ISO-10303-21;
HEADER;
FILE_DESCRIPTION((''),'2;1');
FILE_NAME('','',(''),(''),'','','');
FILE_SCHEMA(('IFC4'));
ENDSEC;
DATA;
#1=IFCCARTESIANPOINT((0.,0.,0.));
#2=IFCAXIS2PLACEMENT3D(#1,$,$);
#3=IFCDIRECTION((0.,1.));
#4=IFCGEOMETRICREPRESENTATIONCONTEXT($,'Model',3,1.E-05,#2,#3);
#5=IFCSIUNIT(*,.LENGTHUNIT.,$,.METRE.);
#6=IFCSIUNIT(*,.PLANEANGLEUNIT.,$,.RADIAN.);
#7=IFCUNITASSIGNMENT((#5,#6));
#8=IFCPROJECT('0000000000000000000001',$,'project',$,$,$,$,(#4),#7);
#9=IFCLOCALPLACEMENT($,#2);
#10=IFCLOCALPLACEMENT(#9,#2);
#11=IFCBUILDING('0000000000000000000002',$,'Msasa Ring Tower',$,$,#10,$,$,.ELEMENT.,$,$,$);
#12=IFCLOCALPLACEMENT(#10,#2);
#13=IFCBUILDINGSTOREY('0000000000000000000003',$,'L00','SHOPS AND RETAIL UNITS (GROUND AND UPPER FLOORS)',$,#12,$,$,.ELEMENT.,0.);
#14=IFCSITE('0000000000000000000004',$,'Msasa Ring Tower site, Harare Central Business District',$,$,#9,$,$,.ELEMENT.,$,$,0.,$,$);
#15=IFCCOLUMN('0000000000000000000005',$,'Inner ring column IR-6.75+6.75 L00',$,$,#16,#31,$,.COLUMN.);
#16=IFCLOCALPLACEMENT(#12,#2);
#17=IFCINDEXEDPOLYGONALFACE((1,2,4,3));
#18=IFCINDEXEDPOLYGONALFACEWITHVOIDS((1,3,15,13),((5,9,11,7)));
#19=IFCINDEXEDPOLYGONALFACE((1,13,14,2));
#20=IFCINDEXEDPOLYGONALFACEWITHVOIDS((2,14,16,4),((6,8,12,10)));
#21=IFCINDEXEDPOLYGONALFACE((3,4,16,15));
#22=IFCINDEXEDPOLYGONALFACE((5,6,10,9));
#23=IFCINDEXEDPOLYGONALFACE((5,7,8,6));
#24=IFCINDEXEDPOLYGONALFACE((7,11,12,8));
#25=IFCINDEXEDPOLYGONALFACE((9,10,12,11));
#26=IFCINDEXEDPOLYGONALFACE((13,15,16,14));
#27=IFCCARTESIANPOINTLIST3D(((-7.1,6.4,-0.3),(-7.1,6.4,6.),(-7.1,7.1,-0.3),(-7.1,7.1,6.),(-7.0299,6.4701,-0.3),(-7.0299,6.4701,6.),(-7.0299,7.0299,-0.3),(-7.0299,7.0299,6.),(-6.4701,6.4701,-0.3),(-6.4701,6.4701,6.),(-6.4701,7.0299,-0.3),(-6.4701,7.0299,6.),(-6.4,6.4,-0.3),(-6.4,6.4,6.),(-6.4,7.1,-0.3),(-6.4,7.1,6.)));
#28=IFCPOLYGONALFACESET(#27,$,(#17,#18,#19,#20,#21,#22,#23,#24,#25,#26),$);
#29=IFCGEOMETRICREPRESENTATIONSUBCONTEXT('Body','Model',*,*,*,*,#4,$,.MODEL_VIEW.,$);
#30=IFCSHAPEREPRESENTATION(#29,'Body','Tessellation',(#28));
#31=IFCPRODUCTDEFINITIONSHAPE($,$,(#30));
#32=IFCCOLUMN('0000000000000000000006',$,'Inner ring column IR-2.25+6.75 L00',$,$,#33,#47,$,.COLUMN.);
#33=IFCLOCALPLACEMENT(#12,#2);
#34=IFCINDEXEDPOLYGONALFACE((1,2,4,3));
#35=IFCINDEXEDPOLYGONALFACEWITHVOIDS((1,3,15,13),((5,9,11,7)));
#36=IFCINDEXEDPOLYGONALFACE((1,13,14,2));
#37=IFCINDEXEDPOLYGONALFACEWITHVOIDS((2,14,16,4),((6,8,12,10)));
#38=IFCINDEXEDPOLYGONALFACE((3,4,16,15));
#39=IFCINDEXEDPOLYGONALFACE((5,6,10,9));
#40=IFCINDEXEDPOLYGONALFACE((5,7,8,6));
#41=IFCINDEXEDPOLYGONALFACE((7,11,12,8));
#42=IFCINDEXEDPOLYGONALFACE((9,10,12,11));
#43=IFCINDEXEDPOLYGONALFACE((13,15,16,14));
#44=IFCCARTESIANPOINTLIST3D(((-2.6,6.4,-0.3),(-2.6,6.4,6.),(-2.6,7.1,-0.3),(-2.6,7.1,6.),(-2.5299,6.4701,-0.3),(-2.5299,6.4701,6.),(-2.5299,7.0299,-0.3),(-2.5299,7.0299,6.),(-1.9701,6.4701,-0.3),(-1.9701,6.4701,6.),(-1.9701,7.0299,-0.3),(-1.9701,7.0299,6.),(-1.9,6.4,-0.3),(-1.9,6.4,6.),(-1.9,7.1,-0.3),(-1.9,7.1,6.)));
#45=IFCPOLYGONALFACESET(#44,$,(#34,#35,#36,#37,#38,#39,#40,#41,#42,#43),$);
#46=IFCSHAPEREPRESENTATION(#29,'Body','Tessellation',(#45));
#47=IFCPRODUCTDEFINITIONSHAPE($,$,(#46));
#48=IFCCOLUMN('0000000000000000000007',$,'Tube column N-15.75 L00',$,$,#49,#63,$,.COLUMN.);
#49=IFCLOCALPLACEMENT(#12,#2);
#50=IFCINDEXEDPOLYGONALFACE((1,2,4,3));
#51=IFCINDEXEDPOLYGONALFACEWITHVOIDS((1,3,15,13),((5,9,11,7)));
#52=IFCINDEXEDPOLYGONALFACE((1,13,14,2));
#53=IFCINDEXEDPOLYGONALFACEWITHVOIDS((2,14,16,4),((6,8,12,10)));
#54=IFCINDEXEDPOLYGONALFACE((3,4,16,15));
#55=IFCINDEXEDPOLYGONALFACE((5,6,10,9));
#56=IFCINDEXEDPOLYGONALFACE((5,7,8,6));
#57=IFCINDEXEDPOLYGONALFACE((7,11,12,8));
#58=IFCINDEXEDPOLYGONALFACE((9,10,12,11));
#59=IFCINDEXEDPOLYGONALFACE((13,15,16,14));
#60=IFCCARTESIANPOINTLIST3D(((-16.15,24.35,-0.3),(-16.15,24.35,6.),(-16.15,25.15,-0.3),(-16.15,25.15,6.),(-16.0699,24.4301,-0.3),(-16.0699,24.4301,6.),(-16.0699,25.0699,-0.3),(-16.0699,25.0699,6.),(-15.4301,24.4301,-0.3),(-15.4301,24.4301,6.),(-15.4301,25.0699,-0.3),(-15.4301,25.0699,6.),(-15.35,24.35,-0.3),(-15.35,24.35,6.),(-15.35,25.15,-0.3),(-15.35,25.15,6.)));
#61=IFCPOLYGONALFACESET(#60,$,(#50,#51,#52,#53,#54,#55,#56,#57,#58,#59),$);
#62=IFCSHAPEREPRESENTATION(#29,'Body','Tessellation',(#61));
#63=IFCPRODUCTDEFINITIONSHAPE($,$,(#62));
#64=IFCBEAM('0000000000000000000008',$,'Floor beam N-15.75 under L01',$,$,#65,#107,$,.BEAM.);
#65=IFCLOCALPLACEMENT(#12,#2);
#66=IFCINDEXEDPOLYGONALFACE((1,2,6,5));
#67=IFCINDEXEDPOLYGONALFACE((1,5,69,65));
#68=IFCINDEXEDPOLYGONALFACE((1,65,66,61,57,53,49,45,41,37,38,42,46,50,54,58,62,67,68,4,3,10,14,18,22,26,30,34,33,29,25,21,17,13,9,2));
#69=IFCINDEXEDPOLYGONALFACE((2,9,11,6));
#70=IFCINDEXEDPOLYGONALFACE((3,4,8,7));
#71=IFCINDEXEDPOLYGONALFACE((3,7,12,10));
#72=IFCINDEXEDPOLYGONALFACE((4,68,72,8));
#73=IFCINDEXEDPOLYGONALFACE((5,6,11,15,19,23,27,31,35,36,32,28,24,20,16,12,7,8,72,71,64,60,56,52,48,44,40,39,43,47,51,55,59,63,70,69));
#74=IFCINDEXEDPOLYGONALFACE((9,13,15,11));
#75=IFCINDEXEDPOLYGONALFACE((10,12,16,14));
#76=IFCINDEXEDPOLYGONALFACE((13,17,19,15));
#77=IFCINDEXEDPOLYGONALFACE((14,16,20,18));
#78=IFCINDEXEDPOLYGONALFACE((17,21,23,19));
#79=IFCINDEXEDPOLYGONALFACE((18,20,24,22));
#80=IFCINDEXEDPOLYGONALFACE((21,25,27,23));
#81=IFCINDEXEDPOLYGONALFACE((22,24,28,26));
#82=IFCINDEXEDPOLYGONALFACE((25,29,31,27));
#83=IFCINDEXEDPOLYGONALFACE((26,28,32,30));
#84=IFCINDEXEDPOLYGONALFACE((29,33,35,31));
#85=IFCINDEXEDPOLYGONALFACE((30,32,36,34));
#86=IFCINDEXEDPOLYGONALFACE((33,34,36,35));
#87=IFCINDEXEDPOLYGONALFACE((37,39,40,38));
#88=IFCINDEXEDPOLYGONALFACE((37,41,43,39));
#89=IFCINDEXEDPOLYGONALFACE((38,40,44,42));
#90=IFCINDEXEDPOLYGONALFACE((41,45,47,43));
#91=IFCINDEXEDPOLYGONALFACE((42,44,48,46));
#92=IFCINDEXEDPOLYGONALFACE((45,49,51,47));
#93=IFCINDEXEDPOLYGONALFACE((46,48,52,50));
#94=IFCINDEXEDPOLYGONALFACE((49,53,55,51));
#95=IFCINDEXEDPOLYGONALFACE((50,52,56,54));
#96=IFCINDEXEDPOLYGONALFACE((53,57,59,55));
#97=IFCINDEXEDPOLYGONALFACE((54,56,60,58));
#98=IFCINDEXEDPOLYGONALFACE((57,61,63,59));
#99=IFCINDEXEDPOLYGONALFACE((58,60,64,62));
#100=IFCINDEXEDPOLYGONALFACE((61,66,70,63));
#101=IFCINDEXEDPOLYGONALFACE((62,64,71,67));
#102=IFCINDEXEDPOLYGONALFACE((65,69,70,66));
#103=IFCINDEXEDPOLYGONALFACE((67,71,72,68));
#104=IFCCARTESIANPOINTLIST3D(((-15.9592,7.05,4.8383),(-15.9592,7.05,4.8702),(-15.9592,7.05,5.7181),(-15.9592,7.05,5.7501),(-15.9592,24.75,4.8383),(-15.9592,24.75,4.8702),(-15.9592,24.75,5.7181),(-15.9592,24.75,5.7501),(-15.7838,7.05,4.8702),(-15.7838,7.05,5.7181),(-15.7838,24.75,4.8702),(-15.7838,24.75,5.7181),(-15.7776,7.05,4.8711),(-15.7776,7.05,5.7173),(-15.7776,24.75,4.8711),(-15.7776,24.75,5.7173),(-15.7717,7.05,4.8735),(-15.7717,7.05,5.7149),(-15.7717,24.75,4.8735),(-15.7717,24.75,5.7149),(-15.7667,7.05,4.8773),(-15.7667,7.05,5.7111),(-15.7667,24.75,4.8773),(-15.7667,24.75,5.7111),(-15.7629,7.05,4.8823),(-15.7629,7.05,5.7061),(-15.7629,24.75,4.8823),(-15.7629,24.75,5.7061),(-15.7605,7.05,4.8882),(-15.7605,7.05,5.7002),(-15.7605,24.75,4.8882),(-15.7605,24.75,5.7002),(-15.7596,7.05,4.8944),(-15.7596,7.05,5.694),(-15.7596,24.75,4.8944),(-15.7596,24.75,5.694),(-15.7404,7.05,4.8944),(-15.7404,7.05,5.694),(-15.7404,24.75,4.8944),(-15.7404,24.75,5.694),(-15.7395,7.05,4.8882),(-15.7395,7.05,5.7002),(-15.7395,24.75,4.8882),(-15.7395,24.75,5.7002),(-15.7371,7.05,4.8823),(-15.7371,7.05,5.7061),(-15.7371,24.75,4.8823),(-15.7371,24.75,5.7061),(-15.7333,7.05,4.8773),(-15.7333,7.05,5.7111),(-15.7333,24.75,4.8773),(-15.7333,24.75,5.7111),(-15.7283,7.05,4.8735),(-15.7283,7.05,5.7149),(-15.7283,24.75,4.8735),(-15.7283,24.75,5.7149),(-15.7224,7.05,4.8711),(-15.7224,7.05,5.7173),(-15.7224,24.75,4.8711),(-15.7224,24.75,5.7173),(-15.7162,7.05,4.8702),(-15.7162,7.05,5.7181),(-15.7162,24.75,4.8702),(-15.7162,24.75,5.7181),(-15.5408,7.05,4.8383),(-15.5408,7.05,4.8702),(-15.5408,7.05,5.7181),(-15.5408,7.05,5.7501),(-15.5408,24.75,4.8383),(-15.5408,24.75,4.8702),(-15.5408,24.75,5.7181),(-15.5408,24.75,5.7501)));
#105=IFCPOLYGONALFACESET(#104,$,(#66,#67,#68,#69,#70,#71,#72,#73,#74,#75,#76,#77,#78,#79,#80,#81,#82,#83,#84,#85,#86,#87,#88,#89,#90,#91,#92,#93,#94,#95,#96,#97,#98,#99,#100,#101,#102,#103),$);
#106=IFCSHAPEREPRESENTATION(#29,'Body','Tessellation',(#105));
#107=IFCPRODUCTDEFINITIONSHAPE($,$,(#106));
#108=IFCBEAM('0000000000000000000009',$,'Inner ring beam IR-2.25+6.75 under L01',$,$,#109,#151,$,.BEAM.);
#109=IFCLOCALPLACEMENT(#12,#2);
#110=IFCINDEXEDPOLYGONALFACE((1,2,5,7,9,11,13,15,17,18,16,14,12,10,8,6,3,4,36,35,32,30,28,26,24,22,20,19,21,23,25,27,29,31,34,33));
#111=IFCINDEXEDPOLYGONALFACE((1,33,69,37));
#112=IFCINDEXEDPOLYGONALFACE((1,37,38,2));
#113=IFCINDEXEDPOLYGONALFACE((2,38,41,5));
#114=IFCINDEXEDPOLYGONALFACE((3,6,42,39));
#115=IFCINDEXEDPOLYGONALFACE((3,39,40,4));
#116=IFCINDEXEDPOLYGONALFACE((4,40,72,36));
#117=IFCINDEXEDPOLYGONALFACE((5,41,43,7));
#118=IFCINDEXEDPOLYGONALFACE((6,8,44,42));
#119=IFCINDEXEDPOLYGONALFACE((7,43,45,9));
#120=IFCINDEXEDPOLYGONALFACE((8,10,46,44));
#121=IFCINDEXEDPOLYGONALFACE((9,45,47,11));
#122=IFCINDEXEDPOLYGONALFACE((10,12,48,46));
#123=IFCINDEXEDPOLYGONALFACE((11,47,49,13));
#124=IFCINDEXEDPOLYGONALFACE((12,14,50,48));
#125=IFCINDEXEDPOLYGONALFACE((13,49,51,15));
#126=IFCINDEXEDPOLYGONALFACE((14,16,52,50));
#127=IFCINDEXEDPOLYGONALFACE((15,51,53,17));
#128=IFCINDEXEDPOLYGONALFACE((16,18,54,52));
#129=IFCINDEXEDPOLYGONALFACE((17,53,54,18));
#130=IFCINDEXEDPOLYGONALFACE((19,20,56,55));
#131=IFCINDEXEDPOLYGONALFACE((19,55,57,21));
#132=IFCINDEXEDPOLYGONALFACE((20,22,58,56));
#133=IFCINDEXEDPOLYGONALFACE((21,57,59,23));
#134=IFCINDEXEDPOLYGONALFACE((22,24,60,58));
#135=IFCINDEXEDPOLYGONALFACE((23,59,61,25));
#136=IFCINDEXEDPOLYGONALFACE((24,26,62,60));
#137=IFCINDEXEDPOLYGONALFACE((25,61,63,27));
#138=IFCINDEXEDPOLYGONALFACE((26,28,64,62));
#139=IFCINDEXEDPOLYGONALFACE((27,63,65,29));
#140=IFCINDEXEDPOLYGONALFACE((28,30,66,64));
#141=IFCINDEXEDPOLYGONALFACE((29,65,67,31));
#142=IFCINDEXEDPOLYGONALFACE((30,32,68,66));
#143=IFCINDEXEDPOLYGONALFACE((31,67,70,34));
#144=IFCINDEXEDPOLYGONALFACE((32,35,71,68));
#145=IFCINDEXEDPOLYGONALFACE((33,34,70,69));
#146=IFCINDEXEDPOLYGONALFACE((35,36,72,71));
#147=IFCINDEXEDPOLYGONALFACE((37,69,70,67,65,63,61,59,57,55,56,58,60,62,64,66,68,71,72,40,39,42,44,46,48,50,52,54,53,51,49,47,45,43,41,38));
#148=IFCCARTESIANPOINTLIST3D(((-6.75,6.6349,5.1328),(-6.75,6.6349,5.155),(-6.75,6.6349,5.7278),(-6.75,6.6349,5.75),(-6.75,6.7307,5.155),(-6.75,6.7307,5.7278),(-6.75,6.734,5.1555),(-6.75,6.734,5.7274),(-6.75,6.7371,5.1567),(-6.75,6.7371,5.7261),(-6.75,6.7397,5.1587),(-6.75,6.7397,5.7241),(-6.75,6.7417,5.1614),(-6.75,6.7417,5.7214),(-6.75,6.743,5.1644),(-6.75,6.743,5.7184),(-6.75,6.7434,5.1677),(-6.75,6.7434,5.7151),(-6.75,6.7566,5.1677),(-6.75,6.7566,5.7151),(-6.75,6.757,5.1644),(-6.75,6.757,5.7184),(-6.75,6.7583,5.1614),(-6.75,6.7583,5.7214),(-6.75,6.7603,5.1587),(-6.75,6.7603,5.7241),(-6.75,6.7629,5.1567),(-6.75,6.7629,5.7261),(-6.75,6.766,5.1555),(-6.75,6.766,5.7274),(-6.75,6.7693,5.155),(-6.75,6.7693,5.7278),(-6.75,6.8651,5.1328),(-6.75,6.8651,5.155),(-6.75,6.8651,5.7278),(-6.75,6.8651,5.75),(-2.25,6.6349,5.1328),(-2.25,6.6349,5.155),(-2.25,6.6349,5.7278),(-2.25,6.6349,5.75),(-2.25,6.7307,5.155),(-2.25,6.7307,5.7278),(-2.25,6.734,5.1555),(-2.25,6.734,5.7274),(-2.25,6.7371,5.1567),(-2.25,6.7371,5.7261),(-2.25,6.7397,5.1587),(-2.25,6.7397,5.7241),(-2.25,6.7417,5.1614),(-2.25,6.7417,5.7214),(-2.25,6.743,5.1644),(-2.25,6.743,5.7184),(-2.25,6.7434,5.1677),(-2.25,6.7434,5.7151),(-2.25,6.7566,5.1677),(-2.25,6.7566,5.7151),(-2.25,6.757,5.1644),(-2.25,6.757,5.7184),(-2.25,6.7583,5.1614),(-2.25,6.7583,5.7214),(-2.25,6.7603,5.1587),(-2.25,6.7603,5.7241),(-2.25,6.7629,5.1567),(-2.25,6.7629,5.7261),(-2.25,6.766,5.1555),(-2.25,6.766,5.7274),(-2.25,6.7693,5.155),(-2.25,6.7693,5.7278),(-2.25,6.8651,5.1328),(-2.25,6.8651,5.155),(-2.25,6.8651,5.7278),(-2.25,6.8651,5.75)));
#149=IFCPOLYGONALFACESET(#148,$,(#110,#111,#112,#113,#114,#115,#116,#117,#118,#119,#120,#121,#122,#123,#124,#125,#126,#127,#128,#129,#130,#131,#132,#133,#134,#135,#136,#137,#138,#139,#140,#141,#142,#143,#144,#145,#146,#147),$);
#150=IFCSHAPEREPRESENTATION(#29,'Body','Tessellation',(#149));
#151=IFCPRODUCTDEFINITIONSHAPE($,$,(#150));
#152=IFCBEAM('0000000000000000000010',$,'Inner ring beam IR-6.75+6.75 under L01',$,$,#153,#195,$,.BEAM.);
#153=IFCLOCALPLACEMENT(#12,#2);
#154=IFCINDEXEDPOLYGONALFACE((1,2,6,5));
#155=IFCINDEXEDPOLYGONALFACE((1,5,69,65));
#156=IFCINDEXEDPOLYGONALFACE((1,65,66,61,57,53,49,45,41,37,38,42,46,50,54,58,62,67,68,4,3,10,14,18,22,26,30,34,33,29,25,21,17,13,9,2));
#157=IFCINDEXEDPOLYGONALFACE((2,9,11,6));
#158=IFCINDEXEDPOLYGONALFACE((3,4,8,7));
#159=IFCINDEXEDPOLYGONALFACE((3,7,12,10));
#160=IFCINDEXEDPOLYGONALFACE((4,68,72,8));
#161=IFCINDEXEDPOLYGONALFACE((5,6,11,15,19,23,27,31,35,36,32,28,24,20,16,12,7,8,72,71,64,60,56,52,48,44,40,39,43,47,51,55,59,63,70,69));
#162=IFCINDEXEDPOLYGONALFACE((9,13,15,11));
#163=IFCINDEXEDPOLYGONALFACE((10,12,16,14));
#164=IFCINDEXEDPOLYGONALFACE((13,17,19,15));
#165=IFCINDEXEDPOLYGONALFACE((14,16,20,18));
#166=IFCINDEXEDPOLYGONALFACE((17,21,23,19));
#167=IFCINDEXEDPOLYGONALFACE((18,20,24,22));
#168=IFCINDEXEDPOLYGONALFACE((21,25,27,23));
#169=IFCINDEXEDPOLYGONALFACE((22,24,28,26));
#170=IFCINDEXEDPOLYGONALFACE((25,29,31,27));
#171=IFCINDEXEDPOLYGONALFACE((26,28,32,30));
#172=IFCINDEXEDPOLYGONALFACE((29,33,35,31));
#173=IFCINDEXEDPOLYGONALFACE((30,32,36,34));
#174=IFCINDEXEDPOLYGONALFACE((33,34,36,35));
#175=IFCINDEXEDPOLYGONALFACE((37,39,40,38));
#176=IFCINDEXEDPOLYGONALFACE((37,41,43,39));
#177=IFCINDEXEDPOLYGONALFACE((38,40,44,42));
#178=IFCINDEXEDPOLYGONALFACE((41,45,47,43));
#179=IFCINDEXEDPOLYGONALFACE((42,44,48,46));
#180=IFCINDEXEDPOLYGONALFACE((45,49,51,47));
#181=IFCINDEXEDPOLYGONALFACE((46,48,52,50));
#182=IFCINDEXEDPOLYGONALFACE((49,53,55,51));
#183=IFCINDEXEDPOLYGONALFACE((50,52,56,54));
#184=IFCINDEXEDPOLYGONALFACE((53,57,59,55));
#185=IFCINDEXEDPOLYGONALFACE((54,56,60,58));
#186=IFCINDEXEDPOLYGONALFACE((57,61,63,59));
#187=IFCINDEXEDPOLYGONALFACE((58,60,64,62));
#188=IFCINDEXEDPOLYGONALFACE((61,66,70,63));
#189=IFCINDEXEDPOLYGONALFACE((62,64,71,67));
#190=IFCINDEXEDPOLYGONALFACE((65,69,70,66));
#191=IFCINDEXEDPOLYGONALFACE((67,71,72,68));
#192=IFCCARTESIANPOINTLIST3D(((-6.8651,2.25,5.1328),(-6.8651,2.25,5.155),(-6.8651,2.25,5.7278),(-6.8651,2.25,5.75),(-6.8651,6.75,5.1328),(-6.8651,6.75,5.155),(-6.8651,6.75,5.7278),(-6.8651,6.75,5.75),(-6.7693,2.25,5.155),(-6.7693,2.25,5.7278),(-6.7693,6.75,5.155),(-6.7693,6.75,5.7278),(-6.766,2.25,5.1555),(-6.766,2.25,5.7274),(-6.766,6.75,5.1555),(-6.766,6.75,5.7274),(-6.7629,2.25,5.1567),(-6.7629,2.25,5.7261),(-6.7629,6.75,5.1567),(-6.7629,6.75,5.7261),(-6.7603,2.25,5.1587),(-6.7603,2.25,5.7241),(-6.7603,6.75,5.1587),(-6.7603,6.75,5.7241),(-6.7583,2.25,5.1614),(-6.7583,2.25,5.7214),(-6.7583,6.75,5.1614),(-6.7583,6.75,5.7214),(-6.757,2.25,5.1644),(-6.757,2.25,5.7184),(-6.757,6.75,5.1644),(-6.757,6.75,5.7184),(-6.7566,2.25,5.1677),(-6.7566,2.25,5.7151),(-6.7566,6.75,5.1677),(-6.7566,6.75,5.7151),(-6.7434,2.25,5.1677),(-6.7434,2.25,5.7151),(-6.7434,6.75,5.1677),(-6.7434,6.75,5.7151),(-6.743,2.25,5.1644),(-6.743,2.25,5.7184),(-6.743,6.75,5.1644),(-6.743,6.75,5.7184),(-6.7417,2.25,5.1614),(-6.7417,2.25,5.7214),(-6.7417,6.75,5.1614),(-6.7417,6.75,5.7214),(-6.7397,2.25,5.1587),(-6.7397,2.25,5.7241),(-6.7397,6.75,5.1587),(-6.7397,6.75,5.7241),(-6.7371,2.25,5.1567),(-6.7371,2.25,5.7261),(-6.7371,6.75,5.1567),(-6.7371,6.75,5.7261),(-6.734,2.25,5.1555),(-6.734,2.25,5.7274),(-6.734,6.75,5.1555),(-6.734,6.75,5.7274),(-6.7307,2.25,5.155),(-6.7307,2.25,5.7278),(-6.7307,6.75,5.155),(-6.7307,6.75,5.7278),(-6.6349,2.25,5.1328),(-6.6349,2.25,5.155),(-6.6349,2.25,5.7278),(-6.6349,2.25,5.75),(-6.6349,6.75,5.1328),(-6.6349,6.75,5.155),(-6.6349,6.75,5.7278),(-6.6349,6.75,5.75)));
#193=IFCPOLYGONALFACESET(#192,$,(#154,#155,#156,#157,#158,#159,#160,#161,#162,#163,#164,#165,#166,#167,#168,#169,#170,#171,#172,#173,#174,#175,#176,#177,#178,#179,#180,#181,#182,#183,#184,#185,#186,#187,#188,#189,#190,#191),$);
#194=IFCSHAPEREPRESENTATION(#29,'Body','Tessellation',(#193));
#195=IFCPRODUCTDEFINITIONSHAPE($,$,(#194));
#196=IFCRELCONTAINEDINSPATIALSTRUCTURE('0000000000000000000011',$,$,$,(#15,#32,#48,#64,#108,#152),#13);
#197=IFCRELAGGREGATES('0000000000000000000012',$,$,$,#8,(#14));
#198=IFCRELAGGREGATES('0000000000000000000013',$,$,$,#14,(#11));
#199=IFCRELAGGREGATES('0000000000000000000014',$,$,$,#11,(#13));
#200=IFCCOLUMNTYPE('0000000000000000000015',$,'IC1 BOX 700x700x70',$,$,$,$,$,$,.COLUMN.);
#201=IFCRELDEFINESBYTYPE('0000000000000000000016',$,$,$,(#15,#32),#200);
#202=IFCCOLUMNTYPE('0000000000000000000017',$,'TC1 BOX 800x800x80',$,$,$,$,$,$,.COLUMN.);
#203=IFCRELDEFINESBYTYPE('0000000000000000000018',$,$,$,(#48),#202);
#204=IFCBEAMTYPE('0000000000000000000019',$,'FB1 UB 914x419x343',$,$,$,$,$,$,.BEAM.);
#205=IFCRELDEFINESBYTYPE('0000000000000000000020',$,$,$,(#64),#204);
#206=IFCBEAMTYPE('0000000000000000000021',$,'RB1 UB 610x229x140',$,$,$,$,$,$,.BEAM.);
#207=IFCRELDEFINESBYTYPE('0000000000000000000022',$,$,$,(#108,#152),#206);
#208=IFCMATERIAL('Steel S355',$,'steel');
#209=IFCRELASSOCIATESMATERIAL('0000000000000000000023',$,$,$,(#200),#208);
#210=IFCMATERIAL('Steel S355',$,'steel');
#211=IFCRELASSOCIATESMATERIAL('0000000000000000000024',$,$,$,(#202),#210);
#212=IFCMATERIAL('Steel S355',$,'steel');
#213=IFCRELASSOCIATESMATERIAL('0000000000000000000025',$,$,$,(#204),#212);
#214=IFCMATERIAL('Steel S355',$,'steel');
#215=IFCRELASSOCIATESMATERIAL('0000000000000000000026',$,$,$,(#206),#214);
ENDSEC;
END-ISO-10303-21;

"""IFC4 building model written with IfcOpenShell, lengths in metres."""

from ifc_helpers import new_model, si_unit, direction, frame, origin, origin_2d, place, context, subcontext, project, spatial, hollow_rectangle, i_section, extrude, material, material_profile, profile_set, type_object, element, save


model = new_model("IFC4")

# Units and contexts
model_context = context("Model", 3, precision=1e-05, world=origin(), true_north=direction((0.0, 1.0)))
body_context = subcontext(model_context, "Body", "Model", "MODEL_VIEW")
ifc_project = project(units=[si_unit("LENGTHUNIT", "METRE"), si_unit("PLANEANGLEUNIT", "RADIAN")], contexts=[model_context])

# Site, building, storey
site_placement = place(None, origin())
site = spatial("IfcSite", under=ifc_project, at=site_placement, Name="Msasa Ring Tower site, Harare Central Business District", CompositionType="ELEMENT", RefElevation=0.0)
building_placement = place(site_placement, origin())
building = spatial("IfcBuilding", under=site, at=building_placement, Name="Msasa Ring Tower", CompositionType="ELEMENT")
storey_placement = place(building_placement, origin())
storey = spatial("IfcBuildingStorey", under=building, at=storey_placement, Name="L00", Description="SHOPS AND RETAIL UNITS (GROUND AND UPPER FLOORS)", CompositionType="ELEMENT", Elevation=0.0)

# Columns
ifc_material_1 = material(Name="Steel S355", Category="steel")
ifc_material_profile_1 = material_profile(ifc_material_1, hollow_rectangle(XDim=0.7, YDim=0.7, WallThickness=0.0701, at=origin_2d()), Name="BOX 700x700x70")
ifc_profile_set_1 = profile_set([ifc_material_profile_1], Name="Steel S355")
column_type_1 = type_object("IfcColumnType", Name="IC1 BOX 700x700x70", PredefinedType="COLUMN", material=ifc_profile_set_1)
for number, where, z_axis, x_axis, name in (
    (1, (-6.75, 6.75, -0.3), (0.0, 0.0, 1.0), (1.0, 0.0, 0.0), "Inner ring column IR-6.75+6.75 L00"),
    (2, (-2.25, 6.75, -0.3), (0.0, 0.0, 1.0), (1.0, 0.0, 0.0), "Inner ring column IR-2.25+6.75 L00"),
):
    element("IfcColumn", number, at=place(storey_placement, frame(where, z_axis=z_axis, x_axis=x_axis)), inside=storey, type_object=column_type_1, Name=name, PredefinedType="COLUMN", context=body_context, shape_type="SweptSolid", body=[
        extrude(hollow_rectangle(XDim=0.7, YDim=0.7, WallThickness=0.0701, at=origin_2d()), origin(), (0.0, 0.0, 1.0), 6.3),
    ])
ifc_material_2 = material(Name="Steel S355", Category="steel")
ifc_material_profile_2 = material_profile(ifc_material_2, hollow_rectangle(XDim=0.8, YDim=0.8, WallThickness=0.0801, at=origin_2d()), Name="BOX 800x800x80")
ifc_profile_set_2 = profile_set([ifc_material_profile_2], Name="Steel S355")
column_type_2 = type_object("IfcColumnType", Name="TC1 BOX 800x800x80", PredefinedType="COLUMN", material=ifc_profile_set_2)
column_placement = place(storey_placement, frame((-15.75, 24.75, -0.3), z_axis=(0.0, 0.0, 1.0), x_axis=(0.0, 1.0, 0.0)))
element("IfcColumn", 3, at=column_placement, inside=storey, type_object=column_type_2, Name="Tube column N-15.75 L00", PredefinedType="COLUMN", context=body_context, shape_type="SweptSolid", body=[
    extrude(hollow_rectangle(XDim=0.8, YDim=0.8, WallThickness=0.0801, at=origin_2d()), origin(), (0.0, 0.0, 1.0), 6.3),
])

# Beams
ifc_material_3 = material(Name="Steel S355", Category="steel")
ifc_material_profile_3 = material_profile(ifc_material_3, i_section(OverallWidth=0.4185, OverallDepth=0.9119, WebThickness=0.0193, FlangeThickness=0.032, FilletRadius=0.0242, at=origin_2d()), Name="UB 914x419x343")
ifc_profile_set_3 = profile_set([ifc_material_profile_3], Name="Steel S355")
beam_type_1 = type_object("IfcBeamType", Name="FB1 UB 914x419x343", PredefinedType="BEAM", material=ifc_profile_set_3)
beam_1_placement = place(storey_placement, frame((-15.75, 24.75, 5.2942), z_axis=(0.0, -1.0, 0.0), x_axis=(1.0, 0.0, 0.0)))
element("IfcBeam", 4, at=beam_1_placement, inside=storey, type_object=beam_type_1, Name="Floor beam N-15.75 under L01", PredefinedType="BEAM", context=body_context, shape_type="SweptSolid", body=[
    extrude(i_section(OverallWidth=0.4185, OverallDepth=0.9119, WebThickness=0.0193, FlangeThickness=0.032, FilletRadius=0.0242, at=origin_2d()), origin(), (0.0, 0.0, 1.0), 17.7),
])
ifc_material_4 = material(Name="Steel S355", Category="steel")
ifc_material_profile_4 = material_profile(ifc_material_4, i_section(OverallWidth=0.2302, OverallDepth=0.6172, WebThickness=0.0132, FlangeThickness=0.0222, FilletRadius=0.0127, at=origin_2d()), Name="UB 610x229x140")
ifc_profile_set_4 = profile_set([ifc_material_profile_4], Name="Steel S355")
beam_type_2 = type_object("IfcBeamType", Name="RB1 UB 610x229x140", PredefinedType="BEAM", material=ifc_profile_set_4)
for number, where, z_axis, x_axis, name in (
    (5, (-2.25, 6.75, 5.4414), (-1.0, 0.0, 0.0), (0.0, -1.0, 0.0), "Inner ring beam IR-2.25+6.75 under L01"),
    (6, (-6.75, 6.75, 5.4414), (0.0, -1.0, 0.0), (1.0, 0.0, 0.0), "Inner ring beam IR-6.75+6.75 under L01"),
):
    element("IfcBeam", number, at=place(storey_placement, frame(where, z_axis=z_axis, x_axis=x_axis)), inside=storey, type_object=beam_type_2, Name=name, PredefinedType="BEAM", context=body_context, shape_type="SweptSolid", body=[
        extrude(i_section(OverallWidth=0.2302, OverallDepth=0.6172, WebThickness=0.0132, FlangeThickness=0.0222, FilletRadius=0.0127, at=origin_2d()), origin(), (0.0, 0.0, 1.0), 4.5),
    ])

save(model, "model.ifc")
